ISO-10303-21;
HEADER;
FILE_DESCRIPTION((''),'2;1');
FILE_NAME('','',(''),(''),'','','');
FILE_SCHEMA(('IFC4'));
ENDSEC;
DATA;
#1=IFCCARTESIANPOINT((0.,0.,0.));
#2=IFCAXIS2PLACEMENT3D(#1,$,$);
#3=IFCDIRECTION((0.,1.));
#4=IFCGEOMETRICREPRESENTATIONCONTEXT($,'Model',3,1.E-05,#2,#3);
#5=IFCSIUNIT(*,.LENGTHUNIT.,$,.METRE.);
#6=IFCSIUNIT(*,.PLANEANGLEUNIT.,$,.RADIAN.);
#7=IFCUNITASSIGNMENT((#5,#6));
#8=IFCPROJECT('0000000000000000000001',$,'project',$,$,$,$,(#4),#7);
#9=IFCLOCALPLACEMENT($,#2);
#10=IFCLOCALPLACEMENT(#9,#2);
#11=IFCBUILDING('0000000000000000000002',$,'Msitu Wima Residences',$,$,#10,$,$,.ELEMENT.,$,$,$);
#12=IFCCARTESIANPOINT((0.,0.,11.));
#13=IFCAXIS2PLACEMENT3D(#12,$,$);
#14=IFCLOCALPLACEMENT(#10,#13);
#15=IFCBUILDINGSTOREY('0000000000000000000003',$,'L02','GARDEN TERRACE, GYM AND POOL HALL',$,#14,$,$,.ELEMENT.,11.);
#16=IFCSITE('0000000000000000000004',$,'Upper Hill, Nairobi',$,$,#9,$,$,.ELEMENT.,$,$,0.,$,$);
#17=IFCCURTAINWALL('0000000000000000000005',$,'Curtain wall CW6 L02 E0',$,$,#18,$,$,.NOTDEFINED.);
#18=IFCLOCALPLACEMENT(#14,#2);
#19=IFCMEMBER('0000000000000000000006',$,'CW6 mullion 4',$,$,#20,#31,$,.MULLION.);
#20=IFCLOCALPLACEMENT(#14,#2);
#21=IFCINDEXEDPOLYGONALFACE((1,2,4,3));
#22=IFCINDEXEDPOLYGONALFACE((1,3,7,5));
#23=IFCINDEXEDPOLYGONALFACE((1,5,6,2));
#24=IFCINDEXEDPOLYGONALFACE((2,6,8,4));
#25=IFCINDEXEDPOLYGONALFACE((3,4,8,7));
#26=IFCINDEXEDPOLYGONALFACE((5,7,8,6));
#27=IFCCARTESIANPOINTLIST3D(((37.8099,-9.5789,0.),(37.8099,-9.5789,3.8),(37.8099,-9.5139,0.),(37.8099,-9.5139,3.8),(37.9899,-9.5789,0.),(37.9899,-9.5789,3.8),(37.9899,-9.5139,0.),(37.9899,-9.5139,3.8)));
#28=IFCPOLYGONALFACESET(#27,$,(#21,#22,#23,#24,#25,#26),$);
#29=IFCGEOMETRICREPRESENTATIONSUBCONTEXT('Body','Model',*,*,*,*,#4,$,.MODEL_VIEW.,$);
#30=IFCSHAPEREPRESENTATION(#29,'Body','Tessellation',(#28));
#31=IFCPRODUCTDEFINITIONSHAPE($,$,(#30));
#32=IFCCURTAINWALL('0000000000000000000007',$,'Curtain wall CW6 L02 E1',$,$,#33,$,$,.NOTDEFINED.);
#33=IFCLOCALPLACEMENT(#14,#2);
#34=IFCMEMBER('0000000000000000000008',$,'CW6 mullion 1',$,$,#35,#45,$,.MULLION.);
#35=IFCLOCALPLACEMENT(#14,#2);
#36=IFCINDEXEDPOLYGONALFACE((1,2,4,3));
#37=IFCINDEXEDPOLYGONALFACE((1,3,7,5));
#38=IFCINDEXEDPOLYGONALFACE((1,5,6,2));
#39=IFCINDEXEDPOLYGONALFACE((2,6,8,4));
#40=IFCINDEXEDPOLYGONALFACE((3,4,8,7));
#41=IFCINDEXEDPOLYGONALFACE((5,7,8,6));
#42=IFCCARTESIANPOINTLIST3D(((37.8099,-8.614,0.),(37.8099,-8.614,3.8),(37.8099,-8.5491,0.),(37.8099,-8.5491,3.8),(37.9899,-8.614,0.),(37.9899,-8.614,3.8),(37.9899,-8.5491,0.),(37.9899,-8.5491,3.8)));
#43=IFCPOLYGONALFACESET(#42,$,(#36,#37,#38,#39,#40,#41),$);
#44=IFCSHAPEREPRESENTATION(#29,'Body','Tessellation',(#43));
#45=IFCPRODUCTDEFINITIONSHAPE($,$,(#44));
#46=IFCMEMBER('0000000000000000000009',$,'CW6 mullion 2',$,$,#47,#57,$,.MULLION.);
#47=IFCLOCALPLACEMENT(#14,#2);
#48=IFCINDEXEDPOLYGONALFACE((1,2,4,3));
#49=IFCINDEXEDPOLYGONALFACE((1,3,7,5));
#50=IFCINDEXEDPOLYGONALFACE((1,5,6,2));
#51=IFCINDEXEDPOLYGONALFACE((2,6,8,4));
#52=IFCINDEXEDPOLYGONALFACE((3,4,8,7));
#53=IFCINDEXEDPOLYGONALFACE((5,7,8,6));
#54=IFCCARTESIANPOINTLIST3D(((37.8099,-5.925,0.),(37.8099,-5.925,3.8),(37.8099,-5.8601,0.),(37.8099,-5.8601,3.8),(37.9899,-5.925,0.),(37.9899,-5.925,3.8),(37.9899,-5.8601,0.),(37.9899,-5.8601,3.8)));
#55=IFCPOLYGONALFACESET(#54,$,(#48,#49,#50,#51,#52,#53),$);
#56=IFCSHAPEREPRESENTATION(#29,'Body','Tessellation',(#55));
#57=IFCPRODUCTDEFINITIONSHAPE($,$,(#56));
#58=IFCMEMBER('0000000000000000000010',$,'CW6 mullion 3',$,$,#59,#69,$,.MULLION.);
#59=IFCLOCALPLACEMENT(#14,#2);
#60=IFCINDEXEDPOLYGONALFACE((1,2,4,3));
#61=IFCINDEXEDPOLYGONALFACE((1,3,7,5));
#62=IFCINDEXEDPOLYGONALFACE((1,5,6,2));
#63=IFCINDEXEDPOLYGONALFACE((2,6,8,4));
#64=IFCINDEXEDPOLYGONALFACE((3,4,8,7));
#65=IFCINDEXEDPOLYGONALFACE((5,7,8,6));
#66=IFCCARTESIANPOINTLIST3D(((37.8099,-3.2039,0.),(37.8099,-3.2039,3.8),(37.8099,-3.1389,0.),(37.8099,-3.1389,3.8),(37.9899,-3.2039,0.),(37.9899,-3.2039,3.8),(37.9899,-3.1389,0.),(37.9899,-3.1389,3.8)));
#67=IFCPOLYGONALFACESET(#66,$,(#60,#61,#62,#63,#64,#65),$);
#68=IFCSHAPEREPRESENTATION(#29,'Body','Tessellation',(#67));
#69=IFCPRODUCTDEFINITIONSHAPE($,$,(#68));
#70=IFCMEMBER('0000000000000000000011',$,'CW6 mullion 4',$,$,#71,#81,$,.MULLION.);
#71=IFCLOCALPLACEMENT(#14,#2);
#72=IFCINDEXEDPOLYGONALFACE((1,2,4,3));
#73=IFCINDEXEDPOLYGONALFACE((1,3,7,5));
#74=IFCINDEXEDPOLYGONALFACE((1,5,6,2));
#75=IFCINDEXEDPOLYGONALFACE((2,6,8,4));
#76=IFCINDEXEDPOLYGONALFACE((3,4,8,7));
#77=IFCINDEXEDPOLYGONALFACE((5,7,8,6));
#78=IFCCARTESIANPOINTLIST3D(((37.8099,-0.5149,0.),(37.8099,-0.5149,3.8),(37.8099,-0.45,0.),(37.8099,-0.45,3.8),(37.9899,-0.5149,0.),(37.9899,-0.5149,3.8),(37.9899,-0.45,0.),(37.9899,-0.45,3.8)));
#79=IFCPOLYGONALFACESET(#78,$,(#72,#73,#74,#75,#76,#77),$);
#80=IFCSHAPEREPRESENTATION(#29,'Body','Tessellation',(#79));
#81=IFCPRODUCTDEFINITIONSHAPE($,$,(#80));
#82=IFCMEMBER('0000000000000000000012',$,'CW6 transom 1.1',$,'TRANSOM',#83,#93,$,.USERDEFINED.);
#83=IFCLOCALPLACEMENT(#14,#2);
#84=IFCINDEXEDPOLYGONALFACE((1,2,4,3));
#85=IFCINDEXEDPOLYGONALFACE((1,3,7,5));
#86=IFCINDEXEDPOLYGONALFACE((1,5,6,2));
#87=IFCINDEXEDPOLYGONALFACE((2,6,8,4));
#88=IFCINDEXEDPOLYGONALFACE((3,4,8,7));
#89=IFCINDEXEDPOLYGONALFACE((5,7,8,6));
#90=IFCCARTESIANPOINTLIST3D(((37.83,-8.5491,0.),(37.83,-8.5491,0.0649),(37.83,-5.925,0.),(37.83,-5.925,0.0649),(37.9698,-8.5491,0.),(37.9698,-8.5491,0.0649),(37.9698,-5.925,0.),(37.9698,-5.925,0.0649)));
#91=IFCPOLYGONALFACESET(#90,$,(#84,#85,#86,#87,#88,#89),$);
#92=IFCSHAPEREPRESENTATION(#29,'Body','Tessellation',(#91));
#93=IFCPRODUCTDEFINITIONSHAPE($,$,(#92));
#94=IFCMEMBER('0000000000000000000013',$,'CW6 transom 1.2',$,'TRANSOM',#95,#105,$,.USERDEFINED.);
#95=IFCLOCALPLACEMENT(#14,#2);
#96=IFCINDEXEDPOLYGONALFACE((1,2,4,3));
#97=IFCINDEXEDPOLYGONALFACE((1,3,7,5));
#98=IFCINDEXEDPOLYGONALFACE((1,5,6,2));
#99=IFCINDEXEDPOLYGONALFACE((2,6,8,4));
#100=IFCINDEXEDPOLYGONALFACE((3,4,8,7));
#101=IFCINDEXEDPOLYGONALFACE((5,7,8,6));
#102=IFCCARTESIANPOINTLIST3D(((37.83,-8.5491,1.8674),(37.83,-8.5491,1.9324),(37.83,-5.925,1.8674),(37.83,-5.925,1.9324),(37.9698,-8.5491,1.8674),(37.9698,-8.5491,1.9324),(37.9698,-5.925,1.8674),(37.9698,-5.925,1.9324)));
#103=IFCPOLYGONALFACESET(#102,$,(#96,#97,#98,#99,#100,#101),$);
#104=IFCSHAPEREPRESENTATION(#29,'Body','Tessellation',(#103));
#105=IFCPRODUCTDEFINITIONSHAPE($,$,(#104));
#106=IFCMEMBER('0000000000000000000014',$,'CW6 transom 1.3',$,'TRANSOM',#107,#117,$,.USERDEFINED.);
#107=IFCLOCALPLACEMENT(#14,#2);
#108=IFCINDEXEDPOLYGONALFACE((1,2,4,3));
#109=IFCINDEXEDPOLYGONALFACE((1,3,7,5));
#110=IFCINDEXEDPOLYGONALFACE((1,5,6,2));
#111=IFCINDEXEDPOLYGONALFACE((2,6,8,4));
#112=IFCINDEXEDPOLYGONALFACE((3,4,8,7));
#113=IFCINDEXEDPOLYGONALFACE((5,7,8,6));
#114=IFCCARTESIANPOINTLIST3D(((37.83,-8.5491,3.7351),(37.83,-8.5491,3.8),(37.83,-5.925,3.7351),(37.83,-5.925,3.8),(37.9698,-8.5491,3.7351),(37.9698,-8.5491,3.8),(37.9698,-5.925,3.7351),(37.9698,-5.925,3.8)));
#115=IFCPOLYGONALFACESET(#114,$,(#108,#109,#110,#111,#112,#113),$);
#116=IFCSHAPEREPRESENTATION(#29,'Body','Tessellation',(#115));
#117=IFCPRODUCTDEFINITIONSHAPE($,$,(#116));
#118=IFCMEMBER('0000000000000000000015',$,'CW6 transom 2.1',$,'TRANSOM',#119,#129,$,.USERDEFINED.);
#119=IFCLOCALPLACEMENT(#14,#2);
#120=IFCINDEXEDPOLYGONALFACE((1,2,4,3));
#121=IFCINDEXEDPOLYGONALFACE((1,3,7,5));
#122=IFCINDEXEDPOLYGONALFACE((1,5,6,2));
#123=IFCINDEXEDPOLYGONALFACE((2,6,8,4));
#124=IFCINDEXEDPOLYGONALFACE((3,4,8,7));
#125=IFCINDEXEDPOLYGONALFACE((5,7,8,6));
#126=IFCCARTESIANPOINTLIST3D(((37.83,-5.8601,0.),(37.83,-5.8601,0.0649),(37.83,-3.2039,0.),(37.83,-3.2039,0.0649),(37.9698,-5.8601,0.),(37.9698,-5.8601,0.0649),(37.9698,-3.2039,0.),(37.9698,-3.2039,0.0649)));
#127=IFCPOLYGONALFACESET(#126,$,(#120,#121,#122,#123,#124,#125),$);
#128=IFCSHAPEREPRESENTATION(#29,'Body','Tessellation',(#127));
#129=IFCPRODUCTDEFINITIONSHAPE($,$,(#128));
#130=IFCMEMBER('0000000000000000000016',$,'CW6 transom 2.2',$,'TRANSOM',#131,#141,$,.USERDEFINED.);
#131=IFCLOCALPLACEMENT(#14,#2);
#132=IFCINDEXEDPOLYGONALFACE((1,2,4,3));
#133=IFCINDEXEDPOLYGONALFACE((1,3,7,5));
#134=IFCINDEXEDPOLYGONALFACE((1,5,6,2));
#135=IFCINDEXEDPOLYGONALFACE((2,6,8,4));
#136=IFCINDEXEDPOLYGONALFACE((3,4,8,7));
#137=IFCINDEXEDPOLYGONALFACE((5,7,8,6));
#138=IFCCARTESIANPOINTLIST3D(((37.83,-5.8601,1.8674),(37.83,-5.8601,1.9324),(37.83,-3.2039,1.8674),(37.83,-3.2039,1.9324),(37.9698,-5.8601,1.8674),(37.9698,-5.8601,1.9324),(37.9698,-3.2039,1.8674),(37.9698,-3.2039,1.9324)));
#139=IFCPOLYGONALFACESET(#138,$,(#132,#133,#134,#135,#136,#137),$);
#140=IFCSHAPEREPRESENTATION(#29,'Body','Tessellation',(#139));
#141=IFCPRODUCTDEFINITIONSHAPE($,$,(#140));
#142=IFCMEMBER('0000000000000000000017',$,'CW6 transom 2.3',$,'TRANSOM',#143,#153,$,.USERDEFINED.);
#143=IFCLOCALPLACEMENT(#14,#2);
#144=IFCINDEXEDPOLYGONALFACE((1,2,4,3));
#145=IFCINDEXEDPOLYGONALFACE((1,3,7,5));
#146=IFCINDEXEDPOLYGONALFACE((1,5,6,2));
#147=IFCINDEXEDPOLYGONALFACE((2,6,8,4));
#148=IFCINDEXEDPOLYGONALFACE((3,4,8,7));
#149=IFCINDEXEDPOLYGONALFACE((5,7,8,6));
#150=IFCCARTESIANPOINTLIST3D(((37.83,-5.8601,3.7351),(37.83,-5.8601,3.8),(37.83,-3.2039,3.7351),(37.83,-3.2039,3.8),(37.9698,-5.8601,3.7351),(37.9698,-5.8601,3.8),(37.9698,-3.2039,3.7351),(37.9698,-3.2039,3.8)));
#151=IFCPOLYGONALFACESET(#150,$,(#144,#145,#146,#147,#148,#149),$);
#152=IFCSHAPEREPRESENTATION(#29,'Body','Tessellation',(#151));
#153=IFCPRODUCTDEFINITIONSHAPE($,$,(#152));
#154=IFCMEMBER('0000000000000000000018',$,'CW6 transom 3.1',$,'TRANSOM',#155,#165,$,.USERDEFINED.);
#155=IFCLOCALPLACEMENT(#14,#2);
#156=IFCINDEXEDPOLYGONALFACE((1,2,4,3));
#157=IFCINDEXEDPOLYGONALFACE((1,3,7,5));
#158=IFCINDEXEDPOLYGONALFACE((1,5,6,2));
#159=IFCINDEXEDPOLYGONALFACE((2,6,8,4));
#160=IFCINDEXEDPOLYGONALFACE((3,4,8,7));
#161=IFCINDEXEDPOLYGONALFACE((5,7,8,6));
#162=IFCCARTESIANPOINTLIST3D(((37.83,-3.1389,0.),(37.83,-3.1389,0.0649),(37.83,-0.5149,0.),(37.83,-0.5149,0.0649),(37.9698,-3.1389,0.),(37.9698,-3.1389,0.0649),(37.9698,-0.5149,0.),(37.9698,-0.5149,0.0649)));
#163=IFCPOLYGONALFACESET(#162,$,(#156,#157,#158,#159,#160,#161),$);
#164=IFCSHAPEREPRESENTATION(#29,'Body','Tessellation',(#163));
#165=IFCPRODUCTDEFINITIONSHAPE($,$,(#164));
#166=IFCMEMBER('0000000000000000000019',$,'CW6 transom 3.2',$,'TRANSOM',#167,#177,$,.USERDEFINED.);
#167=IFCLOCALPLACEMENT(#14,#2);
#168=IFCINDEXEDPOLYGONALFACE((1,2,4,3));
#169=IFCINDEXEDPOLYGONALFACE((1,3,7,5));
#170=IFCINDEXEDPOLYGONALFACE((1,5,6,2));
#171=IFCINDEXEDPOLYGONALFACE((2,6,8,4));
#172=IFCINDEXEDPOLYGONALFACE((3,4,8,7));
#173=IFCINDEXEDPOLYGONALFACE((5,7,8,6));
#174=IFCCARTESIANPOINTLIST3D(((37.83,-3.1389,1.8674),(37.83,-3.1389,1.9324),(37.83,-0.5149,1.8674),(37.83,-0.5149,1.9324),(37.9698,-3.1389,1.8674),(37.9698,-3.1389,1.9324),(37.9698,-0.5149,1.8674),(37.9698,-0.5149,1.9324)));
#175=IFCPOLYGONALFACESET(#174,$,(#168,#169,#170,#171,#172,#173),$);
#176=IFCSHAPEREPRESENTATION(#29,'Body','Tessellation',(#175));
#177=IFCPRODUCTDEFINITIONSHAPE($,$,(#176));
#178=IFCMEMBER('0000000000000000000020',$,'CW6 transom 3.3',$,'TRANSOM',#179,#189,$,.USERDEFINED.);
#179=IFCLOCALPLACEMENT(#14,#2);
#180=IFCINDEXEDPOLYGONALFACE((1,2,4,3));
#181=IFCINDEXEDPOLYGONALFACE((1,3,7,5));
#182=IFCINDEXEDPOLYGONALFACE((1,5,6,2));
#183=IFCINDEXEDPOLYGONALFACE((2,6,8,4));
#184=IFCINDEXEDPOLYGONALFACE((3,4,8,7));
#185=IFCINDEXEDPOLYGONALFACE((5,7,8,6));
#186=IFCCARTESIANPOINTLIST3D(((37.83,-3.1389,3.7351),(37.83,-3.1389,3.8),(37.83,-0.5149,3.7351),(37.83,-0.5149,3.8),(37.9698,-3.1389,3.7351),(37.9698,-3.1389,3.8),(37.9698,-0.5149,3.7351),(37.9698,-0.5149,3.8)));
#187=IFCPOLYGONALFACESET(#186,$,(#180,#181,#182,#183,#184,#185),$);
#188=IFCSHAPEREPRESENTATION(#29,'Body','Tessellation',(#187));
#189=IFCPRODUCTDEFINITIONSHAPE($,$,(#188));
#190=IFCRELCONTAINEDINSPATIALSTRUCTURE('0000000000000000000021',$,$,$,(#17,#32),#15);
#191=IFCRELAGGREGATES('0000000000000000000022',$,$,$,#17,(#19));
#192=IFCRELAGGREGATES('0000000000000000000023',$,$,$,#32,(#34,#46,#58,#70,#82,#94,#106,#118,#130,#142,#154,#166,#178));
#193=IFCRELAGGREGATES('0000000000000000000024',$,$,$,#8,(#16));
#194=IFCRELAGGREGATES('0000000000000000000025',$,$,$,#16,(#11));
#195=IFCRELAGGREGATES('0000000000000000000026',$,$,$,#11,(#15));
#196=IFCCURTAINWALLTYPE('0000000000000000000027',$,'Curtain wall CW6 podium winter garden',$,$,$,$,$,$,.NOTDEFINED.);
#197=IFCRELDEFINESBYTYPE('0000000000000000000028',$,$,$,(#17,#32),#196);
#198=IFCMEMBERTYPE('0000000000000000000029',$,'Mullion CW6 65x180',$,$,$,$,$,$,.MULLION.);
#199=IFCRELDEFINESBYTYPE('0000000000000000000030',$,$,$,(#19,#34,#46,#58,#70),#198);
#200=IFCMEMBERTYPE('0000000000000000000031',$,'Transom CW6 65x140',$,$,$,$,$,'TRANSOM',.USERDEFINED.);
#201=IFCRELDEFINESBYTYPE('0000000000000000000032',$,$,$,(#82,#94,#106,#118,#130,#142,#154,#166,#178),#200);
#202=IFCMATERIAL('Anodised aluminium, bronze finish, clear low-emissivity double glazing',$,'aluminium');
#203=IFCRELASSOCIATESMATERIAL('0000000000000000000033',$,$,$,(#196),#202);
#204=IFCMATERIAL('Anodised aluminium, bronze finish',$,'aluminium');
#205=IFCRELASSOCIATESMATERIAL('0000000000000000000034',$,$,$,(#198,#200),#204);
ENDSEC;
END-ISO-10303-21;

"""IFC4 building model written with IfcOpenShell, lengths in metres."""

from ifc_helpers import new_model, si_unit, direction, frame, origin, origin_2d, place, context, subcontext, project, spatial, rectangle, extrude, material, material_profile, profile_set, type_object, element, aggregate, save


model = new_model("IFC4")

# Units and contexts
model_context = context("Model", 3, precision=1e-05, world=origin(), true_north=direction((0.0, 1.0)))
body_context = subcontext(model_context, "Body", "Model", "MODEL_VIEW")
ifc_project = project(units=[si_unit("LENGTHUNIT", "METRE"), si_unit("PLANEANGLEUNIT", "RADIAN")], contexts=[model_context])

# Site, building, storey
site_placement = place(None, origin())
site = spatial("IfcSite", under=ifc_project, at=site_placement, Name="Upper Hill, Nairobi", CompositionType="ELEMENT", RefElevation=0.0)
building_placement = place(site_placement, origin())
building = spatial("IfcBuilding", under=site, at=building_placement, Name="Msitu Wima Residences", CompositionType="ELEMENT")
storey_placement = place(building_placement, frame((0.0, 0.0, 11.0)))
storey = spatial("IfcBuildingStorey", under=building, at=storey_placement, Name="L02", Description="GARDEN TERRACE, GYM AND POOL HALL", CompositionType="ELEMENT", Elevation=11.0)

# Curtain wall, member
ifc_material_1 = material(Name="Anodised aluminium, bronze finish, clear low-emissivity double glazing", Category="aluminium")
curtain_wall_type = type_object("IfcCurtainWallType", Name="Curtain wall CW6 podium winter garden", PredefinedType="NOTDEFINED", material=ifc_material_1)
curtain_wall_1_placement = place(storey_placement, origin())
curtain_wall_1 = element("IfcCurtainWall", 1, at=curtain_wall_1_placement, inside=storey, type_object=curtain_wall_type, Name="Curtain wall CW6 L02 E0", PredefinedType="NOTDEFINED")
ifc_material_2 = material(Name="Anodised aluminium, bronze finish", Category="aluminium")
ifc_material_profile_1 = material_profile(ifc_material_2, rectangle(XDim=0.1799, YDim=0.0649, at=origin_2d()), Name="Mullion 65x180")
ifc_profile_set_1 = profile_set([ifc_material_profile_1], Name="Anodised aluminium, bronze finish")
member_type_1 = type_object("IfcMemberType", Name="Mullion CW6 65x180", PredefinedType="MULLION", material=ifc_profile_set_1)
member_1_placement = place(storey_placement, frame((37.8999, -9.5464, 0.0), z_axis=(0.0, 0.0, 1.0), x_axis=(-1.0, 0.0, 0.0)))
member_1 = element("IfcMember", 2, at=member_1_placement, type_object=member_type_1, Name="CW6 mullion 4", PredefinedType="MULLION", context=body_context, shape_type="SweptSolid", body=[
    extrude(rectangle(XDim=0.1799, YDim=0.0649, at=origin_2d()), origin(), (0.0, 0.0, 1.0), 3.8),
])
aggregate(curtain_wall_1, [member_1])

# Curtain wall, members
curtain_wall_2_placement = place(storey_placement, origin())
curtain_wall_2 = element("IfcCurtainWall", 3, at=curtain_wall_2_placement, inside=storey, type_object=curtain_wall_type, Name="Curtain wall CW6 L02 E1", PredefinedType="NOTDEFINED")
member_2_placement = place(storey_placement, frame((37.8999, -8.5815, 0.0), z_axis=(0.0, 0.0, 1.0), x_axis=(-1.0, 0.0, 0.0)))
member_2 = element("IfcMember", 4, at=member_2_placement, type_object=member_type_1, Name="CW6 mullion 1", PredefinedType="MULLION", context=body_context, shape_type="SweptSolid", body=[
    extrude(rectangle(XDim=0.1799, YDim=0.0649, at=origin_2d()), origin(), (0.0, 0.0, 1.0), 3.8),
])
member_3_placement = place(storey_placement, frame((37.8999, -5.8926, 0.0), z_axis=(0.0, 0.0, 1.0), x_axis=(-1.0, 0.0, 0.0)))
member_3 = element("IfcMember", 5, at=member_3_placement, type_object=member_type_1, Name="CW6 mullion 2", PredefinedType="MULLION", context=body_context, shape_type="SweptSolid", body=[
    extrude(rectangle(XDim=0.1799, YDim=0.0649, at=origin_2d()), origin(), (0.0, 0.0, 1.0), 3.8),
])
member_4_placement = place(storey_placement, frame((37.8999, -3.1714, 0.0), z_axis=(0.0, 0.0, 1.0), x_axis=(-1.0, 0.0, 0.0)))
member_4 = element("IfcMember", 6, at=member_4_placement, type_object=member_type_1, Name="CW6 mullion 3", PredefinedType="MULLION", context=body_context, shape_type="SweptSolid", body=[
    extrude(rectangle(XDim=0.1799, YDim=0.0649, at=origin_2d()), origin(), (0.0, 0.0, 1.0), 3.8),
])
member_5_placement = place(storey_placement, frame((37.8999, -0.4824, 0.0), z_axis=(0.0, 0.0, 1.0), x_axis=(-1.0, 0.0, 0.0)))
member_5 = element("IfcMember", 7, at=member_5_placement, type_object=member_type_1, Name="CW6 mullion 4", PredefinedType="MULLION", context=body_context, shape_type="SweptSolid", body=[
    extrude(rectangle(XDim=0.1799, YDim=0.0649, at=origin_2d()), origin(), (0.0, 0.0, 1.0), 3.8),
])
ifc_material_profile_2 = material_profile(ifc_material_2, rectangle(XDim=0.1399, YDim=0.0649, at=origin_2d()), Name="Transom 65x140")
ifc_profile_set_2 = profile_set([ifc_material_profile_2], Name="Anodised aluminium, bronze finish")
member_type_2 = type_object("IfcMemberType", Name="Transom CW6 65x140", ElementType="TRANSOM", PredefinedType="USERDEFINED", material=ifc_profile_set_2)
member_6_placement = place(storey_placement, frame((37.8999, -8.5491, 0.0325), z_axis=(0.0, 1.0, 0.0), x_axis=(-1.0, 0.0, 0.0)))
member_6 = element("IfcMember", 8, at=member_6_placement, type_object=member_type_2, Name="CW6 transom 1.1", ObjectType="TRANSOM", PredefinedType="USERDEFINED", context=body_context, shape_type="SweptSolid", body=[
    extrude(rectangle(XDim=0.1399, YDim=0.0649, at=origin_2d()), origin(), (0.0, 0.0, 1.0), 2.624),
])
member_7_placement = place(storey_placement, frame((37.8999, -8.5491, 1.8999), z_axis=(0.0, 1.0, 0.0), x_axis=(-1.0, 0.0, 0.0)))
member_7 = element("IfcMember", 9, at=member_7_placement, type_object=member_type_2, Name="CW6 transom 1.2", ObjectType="TRANSOM", PredefinedType="USERDEFINED", context=body_context, shape_type="SweptSolid", body=[
    extrude(rectangle(XDim=0.1399, YDim=0.0649, at=origin_2d()), origin(), (0.0, 0.0, 1.0), 2.624),
])
member_8_placement = place(storey_placement, frame((37.8999, -8.5491, 3.7676), z_axis=(0.0, 1.0, 0.0), x_axis=(-1.0, 0.0, 0.0)))
member_8 = element("IfcMember", 10, at=member_8_placement, type_object=member_type_2, Name="CW6 transom 1.3", ObjectType="TRANSOM", PredefinedType="USERDEFINED", context=body_context, shape_type="SweptSolid", body=[
    extrude(rectangle(XDim=0.1399, YDim=0.0649, at=origin_2d()), origin(), (0.0, 0.0, 1.0), 2.624),
])
member_9_placement = place(storey_placement, frame((37.8999, -5.8601, 0.0325), z_axis=(0.0, 1.0, 0.0), x_axis=(-1.0, 0.0, 0.0)))
member_9 = element("IfcMember", 11, at=member_9_placement, type_object=member_type_2, Name="CW6 transom 2.1", ObjectType="TRANSOM", PredefinedType="USERDEFINED", context=body_context, shape_type="SweptSolid", body=[
    extrude(rectangle(XDim=0.1399, YDim=0.0649, at=origin_2d()), origin(), (0.0, 0.0, 1.0), 2.6562),
])
member_10_placement = place(storey_placement, frame((37.8999, -5.8601, 1.8999), z_axis=(0.0, 1.0, 0.0), x_axis=(-1.0, 0.0, 0.0)))
member_10 = element("IfcMember", 12, at=member_10_placement, type_object=member_type_2, Name="CW6 transom 2.2", ObjectType="TRANSOM", PredefinedType="USERDEFINED", context=body_context, shape_type="SweptSolid", body=[
    extrude(rectangle(XDim=0.1399, YDim=0.0649, at=origin_2d()), origin(), (0.0, 0.0, 1.0), 2.6562),
])
member_11_placement = place(storey_placement, frame((37.8999, -5.8601, 3.7676), z_axis=(0.0, 1.0, 0.0), x_axis=(-1.0, 0.0, 0.0)))
member_11 = element("IfcMember", 13, at=member_11_placement, type_object=member_type_2, Name="CW6 transom 2.3", ObjectType="TRANSOM", PredefinedType="USERDEFINED", context=body_context, shape_type="SweptSolid", body=[
    extrude(rectangle(XDim=0.1399, YDim=0.0649, at=origin_2d()), origin(), (0.0, 0.0, 1.0), 2.6562),
])
member_12_placement = place(storey_placement, frame((37.8999, -3.1389, 0.0325), z_axis=(0.0, 1.0, 0.0), x_axis=(-1.0, 0.0, 0.0)))
member_12 = element("IfcMember", 14, at=member_12_placement, type_object=member_type_2, Name="CW6 transom 3.1", ObjectType="TRANSOM", PredefinedType="USERDEFINED", context=body_context, shape_type="SweptSolid", body=[
    extrude(rectangle(XDim=0.1399, YDim=0.0649, at=origin_2d()), origin(), (0.0, 0.0, 1.0), 2.624),
])
member_13_placement = place(storey_placement, frame((37.8999, -3.1389, 1.8999), z_axis=(0.0, 1.0, 0.0), x_axis=(-1.0, 0.0, 0.0)))
member_13 = element("IfcMember", 15, at=member_13_placement, type_object=member_type_2, Name="CW6 transom 3.2", ObjectType="TRANSOM", PredefinedType="USERDEFINED", context=body_context, shape_type="SweptSolid", body=[
    extrude(rectangle(XDim=0.1399, YDim=0.0649, at=origin_2d()), origin(), (0.0, 0.0, 1.0), 2.624),
])
member_14_placement = place(storey_placement, frame((37.8999, -3.1389, 3.7676), z_axis=(0.0, 1.0, 0.0), x_axis=(-1.0, 0.0, 0.0)))
member_14 = element("IfcMember", 16, at=member_14_placement, type_object=member_type_2, Name="CW6 transom 3.3", ObjectType="TRANSOM", PredefinedType="USERDEFINED", context=body_context, shape_type="SweptSolid", body=[
    extrude(rectangle(XDim=0.1399, YDim=0.0649, at=origin_2d()), origin(), (0.0, 0.0, 1.0), 2.624),
])
aggregate(curtain_wall_2, [member_2, member_3, member_4, member_5, member_6, member_7, member_8, member_9, member_10, member_11, member_12, member_13, member_14])

save(model, "model.ifc")
